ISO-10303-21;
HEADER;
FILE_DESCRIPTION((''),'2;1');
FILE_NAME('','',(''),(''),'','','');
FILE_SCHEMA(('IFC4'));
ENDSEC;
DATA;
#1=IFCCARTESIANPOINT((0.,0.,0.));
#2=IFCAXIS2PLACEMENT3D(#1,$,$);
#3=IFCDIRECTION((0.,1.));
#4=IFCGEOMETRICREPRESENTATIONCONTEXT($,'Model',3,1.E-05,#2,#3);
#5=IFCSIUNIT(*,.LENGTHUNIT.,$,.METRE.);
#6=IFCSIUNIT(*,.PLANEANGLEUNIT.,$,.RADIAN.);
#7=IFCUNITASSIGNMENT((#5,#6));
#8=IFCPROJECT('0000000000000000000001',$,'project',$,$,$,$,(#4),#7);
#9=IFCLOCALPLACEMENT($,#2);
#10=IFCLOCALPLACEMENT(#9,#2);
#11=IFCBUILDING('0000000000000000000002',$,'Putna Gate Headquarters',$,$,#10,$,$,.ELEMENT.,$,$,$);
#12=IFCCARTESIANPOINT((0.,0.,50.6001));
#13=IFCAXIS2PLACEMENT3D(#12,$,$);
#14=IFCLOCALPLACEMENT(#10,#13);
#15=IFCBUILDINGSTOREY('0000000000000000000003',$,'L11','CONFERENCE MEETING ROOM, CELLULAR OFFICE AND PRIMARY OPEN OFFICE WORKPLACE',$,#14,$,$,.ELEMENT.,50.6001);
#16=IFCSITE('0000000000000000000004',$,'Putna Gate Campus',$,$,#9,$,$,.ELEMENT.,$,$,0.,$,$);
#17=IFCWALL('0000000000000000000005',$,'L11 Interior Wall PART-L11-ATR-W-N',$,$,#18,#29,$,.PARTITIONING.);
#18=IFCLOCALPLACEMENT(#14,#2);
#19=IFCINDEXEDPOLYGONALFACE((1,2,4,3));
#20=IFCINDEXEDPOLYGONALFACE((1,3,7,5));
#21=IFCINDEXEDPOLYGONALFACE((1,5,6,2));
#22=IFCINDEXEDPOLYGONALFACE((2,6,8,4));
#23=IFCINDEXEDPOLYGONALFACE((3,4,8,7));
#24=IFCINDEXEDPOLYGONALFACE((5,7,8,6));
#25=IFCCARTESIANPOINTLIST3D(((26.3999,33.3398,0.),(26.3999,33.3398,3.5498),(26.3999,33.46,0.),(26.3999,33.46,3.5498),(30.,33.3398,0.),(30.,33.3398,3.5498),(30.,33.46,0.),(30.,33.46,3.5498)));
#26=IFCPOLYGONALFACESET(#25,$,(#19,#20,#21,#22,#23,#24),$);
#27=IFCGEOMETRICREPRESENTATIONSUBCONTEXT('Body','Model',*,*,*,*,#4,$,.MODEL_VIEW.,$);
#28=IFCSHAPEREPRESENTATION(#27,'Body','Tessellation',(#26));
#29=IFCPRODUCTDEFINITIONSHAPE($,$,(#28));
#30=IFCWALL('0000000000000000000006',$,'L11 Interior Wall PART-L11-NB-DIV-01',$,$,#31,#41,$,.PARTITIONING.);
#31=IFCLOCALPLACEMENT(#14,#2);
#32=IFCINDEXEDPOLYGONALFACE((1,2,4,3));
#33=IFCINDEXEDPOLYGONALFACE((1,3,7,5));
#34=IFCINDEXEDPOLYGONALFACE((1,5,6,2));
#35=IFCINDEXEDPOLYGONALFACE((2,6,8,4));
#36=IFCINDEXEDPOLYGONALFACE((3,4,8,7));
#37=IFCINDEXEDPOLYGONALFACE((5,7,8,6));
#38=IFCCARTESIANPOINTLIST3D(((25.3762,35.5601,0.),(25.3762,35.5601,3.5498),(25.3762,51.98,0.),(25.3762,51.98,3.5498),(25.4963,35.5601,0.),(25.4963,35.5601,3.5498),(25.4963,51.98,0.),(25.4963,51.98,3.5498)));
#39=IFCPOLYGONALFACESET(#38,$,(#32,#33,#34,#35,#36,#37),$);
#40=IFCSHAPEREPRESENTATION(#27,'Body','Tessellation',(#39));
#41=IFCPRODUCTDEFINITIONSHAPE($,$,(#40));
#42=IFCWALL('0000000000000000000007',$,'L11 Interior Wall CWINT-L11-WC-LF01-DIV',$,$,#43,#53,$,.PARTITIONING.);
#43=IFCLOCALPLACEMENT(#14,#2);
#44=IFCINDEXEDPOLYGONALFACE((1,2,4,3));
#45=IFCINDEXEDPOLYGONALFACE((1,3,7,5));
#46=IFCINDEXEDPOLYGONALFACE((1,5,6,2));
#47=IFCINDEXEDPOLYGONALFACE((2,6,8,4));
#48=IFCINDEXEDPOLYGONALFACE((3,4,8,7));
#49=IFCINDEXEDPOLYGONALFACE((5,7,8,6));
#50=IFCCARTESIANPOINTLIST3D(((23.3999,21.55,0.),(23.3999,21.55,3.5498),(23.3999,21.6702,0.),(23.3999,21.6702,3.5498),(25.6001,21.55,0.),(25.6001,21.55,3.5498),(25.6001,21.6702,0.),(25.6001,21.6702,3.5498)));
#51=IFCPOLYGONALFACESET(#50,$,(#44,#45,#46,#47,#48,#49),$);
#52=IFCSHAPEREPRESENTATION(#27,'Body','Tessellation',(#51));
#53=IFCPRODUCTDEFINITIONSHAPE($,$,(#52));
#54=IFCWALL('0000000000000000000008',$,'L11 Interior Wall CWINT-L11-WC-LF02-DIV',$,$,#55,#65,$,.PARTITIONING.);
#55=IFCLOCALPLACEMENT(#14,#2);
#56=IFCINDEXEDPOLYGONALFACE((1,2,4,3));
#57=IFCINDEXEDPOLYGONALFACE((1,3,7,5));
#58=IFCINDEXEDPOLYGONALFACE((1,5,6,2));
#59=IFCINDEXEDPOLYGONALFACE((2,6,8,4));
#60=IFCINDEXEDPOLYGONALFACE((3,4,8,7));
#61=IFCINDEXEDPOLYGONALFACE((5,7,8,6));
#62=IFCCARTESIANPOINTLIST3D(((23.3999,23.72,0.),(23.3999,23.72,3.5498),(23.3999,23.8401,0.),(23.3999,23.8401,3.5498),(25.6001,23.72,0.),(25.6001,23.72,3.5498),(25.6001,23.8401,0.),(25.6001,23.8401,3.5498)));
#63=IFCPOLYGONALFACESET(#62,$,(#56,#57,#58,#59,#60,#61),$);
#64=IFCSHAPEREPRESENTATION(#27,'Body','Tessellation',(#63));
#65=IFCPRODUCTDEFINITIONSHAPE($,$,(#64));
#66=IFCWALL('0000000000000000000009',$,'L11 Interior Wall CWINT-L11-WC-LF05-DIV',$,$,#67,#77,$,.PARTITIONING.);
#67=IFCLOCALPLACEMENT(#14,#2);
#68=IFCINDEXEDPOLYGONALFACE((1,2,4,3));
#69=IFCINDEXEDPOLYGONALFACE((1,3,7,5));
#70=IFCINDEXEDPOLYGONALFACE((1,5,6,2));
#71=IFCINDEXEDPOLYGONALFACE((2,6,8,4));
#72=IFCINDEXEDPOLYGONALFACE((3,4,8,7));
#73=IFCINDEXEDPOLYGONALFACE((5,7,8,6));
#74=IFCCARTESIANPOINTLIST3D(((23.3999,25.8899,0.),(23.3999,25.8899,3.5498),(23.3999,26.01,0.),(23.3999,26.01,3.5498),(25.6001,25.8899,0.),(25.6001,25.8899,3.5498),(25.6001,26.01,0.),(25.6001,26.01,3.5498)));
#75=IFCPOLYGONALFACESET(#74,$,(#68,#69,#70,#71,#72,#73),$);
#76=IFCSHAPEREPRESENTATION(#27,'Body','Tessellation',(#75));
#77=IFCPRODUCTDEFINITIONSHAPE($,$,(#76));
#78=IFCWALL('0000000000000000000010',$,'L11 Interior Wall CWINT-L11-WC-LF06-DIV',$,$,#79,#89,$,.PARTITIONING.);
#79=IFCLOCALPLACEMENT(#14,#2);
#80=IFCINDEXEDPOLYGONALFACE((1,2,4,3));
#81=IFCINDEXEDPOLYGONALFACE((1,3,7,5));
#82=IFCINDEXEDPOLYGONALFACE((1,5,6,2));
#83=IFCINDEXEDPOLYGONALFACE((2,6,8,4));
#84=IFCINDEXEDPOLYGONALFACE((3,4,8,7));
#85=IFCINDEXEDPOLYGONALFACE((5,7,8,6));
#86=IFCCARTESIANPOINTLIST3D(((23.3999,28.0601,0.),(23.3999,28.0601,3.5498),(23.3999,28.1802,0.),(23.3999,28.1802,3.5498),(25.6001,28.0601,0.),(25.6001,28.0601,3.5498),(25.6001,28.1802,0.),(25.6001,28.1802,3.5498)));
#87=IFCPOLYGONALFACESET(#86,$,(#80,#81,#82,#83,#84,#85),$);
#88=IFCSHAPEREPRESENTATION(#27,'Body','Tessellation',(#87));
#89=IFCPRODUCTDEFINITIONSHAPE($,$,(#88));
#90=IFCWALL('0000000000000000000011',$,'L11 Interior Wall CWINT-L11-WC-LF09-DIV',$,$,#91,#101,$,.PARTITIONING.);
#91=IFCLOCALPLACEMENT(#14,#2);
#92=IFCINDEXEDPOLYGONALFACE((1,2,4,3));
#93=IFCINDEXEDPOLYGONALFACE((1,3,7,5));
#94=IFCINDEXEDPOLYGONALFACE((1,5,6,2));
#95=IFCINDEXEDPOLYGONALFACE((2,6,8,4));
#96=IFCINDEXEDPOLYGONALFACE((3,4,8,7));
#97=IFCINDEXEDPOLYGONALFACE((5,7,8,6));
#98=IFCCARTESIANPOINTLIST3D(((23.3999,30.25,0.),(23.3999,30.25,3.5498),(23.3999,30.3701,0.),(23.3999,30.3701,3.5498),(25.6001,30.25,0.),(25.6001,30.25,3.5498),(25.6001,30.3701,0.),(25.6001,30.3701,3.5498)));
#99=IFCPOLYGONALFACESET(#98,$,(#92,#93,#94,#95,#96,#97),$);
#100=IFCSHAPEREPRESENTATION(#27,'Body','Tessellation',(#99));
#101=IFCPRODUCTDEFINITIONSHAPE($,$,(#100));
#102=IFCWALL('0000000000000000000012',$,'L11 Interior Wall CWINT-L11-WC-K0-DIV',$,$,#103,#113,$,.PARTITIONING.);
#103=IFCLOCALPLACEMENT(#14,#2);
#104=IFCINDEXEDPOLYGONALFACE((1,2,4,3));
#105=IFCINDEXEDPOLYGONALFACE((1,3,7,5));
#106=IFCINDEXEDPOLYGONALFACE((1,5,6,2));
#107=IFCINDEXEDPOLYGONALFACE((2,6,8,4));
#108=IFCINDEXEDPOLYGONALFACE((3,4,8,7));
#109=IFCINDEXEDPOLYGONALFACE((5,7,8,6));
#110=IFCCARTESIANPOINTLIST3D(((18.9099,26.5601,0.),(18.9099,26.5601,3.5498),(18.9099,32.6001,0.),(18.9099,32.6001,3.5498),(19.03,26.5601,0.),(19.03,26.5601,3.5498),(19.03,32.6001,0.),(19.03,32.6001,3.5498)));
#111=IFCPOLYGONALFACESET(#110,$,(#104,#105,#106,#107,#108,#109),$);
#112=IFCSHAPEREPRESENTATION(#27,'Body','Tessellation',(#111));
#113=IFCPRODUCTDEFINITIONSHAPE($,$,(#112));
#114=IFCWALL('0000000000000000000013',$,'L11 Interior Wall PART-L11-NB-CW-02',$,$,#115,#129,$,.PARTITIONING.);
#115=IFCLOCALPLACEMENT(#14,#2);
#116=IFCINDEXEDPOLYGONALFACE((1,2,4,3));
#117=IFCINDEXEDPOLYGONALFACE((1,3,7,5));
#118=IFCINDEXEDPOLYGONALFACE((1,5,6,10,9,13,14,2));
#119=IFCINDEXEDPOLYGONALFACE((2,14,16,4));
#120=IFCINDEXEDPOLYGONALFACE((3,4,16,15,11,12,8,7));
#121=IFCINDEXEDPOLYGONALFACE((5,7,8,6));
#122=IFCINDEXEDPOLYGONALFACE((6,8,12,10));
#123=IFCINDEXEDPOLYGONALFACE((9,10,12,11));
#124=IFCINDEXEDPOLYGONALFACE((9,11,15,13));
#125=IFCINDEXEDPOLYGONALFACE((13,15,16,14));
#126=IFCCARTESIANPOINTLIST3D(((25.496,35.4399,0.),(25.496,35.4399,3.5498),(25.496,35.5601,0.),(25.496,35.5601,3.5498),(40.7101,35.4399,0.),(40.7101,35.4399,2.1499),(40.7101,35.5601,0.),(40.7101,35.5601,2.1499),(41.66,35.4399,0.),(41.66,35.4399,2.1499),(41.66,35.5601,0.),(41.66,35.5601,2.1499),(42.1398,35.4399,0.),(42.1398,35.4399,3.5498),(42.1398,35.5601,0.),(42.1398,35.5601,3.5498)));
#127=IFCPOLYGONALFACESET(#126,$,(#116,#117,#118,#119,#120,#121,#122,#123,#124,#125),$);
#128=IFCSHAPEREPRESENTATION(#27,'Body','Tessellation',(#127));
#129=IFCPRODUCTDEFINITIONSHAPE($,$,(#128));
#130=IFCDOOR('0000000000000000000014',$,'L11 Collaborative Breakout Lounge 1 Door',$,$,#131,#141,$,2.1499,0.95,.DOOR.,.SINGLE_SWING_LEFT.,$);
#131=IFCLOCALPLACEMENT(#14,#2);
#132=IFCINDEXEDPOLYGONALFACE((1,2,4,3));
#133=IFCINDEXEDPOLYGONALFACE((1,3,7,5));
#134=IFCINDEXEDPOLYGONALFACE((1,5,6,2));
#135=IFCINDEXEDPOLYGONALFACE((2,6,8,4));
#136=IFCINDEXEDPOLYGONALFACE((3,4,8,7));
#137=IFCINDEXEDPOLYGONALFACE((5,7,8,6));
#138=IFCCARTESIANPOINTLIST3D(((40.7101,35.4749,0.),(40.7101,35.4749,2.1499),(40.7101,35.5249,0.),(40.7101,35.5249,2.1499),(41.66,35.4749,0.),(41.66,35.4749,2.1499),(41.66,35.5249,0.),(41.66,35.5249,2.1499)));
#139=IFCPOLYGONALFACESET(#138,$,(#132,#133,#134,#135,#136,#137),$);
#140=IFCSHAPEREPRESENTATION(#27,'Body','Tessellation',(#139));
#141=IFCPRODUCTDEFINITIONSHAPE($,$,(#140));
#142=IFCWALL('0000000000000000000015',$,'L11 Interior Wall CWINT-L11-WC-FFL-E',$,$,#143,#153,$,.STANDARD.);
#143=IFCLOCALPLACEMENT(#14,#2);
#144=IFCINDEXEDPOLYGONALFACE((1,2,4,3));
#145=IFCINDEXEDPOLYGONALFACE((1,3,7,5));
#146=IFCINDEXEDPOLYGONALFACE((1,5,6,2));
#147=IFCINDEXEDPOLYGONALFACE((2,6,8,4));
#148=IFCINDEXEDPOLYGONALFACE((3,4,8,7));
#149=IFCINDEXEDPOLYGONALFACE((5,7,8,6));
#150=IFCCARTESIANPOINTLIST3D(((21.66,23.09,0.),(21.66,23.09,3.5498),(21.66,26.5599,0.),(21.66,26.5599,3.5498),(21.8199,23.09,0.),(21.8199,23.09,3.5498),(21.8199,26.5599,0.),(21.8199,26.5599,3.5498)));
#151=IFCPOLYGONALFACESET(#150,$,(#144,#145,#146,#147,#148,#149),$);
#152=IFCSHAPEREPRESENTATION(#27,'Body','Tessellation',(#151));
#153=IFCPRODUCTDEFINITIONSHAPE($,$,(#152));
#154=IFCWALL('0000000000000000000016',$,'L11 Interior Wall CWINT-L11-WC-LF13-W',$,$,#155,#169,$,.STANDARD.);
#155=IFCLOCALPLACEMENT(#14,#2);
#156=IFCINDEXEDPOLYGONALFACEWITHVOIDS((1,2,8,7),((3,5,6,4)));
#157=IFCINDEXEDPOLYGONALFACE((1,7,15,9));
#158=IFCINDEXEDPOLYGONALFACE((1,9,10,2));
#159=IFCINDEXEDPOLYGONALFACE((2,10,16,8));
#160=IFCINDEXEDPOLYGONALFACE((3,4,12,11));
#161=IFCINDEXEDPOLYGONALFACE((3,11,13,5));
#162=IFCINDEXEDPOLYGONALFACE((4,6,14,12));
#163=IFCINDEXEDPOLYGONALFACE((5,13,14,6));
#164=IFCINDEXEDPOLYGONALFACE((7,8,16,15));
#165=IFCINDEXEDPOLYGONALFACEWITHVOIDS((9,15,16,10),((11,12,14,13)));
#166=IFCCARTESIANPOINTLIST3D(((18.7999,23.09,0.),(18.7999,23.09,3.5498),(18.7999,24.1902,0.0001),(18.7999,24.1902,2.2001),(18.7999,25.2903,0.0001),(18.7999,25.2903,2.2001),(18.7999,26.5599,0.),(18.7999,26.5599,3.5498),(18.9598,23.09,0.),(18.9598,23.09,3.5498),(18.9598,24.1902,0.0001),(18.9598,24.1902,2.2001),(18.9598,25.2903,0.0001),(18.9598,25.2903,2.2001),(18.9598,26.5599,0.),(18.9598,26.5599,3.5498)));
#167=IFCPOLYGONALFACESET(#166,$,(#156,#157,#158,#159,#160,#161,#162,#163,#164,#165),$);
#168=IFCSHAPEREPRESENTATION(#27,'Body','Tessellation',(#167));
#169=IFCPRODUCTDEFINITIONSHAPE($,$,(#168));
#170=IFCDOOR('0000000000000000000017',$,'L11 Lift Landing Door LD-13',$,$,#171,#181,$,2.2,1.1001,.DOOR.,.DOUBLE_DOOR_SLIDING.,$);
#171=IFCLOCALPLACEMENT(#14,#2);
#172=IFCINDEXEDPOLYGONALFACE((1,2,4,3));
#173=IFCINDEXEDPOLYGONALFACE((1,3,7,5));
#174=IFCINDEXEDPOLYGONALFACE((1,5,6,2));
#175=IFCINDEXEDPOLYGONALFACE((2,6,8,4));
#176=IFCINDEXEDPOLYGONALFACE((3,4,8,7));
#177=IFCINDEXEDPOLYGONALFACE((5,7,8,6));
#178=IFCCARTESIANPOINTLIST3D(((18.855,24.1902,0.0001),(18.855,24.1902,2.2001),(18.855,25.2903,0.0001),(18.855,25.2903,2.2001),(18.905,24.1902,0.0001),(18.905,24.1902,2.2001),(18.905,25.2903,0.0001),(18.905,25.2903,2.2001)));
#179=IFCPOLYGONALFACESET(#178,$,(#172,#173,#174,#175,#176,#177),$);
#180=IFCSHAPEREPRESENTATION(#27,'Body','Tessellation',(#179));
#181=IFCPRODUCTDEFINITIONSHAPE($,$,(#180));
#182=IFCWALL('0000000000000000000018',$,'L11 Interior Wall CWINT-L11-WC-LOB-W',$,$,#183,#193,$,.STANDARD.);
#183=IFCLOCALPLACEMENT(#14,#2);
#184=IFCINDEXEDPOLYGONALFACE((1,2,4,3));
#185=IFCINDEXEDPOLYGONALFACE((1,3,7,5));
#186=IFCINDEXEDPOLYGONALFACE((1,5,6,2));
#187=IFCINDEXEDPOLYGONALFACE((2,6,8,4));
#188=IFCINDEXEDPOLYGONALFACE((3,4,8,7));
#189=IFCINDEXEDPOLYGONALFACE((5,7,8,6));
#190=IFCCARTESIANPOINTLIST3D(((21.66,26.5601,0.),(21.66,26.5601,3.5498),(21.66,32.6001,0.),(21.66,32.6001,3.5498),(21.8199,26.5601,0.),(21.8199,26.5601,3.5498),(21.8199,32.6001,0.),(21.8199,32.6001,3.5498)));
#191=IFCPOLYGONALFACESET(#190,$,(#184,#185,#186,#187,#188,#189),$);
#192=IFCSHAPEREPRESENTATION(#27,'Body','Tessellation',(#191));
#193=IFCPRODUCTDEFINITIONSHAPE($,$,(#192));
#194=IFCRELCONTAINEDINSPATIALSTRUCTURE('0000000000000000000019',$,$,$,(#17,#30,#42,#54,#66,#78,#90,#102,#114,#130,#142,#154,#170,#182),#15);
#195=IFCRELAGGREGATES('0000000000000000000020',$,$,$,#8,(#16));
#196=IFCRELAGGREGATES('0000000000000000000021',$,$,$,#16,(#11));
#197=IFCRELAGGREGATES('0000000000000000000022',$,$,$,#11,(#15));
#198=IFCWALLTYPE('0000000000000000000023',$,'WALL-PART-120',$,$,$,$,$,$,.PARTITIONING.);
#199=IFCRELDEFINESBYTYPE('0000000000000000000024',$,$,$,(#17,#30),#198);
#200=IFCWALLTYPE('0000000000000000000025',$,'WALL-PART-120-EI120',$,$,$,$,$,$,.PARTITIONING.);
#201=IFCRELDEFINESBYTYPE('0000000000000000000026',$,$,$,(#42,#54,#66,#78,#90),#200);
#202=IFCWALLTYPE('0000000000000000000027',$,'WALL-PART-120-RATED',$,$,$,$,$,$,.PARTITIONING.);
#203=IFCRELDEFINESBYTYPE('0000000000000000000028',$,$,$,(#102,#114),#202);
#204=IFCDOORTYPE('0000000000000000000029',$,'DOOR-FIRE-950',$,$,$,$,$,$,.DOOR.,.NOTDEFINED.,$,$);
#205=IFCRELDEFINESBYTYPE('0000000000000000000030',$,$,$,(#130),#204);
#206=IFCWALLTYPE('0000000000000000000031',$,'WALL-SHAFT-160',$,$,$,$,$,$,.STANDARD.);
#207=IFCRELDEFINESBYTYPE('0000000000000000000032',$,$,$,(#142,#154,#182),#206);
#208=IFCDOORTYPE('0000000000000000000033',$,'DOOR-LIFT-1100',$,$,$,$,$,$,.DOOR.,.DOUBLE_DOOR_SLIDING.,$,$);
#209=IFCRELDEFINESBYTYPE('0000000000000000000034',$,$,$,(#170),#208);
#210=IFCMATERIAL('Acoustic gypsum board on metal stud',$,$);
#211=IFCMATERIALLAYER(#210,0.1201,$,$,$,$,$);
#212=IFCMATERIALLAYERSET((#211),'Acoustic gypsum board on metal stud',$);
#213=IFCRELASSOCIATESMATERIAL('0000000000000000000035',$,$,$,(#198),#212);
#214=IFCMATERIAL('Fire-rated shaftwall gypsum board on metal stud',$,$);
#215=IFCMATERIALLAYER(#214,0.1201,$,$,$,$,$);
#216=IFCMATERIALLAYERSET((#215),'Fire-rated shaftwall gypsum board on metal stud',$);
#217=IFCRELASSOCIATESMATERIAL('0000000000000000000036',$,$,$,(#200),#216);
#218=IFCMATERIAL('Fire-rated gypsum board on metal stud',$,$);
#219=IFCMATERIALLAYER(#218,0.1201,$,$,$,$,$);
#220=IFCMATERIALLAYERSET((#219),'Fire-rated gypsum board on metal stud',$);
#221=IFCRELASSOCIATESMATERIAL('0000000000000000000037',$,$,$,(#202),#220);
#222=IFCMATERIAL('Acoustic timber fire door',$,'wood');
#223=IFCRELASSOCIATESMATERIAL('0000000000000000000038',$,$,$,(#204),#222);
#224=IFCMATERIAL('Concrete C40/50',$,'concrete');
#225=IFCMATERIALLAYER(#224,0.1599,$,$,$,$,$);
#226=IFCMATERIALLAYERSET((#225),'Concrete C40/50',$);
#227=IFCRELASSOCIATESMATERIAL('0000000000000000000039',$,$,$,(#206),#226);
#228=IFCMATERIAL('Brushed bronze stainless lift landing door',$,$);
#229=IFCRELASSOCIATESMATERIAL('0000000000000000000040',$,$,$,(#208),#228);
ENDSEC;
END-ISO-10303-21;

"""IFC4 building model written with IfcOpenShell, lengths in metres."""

from ifc_helpers import new_model, si_unit, direction, frame, frame_2d, origin, place, context, subcontext, project, spatial, rectangle, extrude, material, layer, layer_set, type_object, element, fill, save


model = new_model("IFC4")

# Units and contexts
model_context = context("Model", 3, precision=1e-05, world=origin(), true_north=direction((0.0, 1.0)))
body_context = subcontext(model_context, "Body", "Model", "MODEL_VIEW")
ifc_project = project(units=[si_unit("LENGTHUNIT", "METRE"), si_unit("PLANEANGLEUNIT", "RADIAN")], contexts=[model_context])

# Site, building, storey
site_placement = place(None, origin())
site = spatial("IfcSite", under=ifc_project, at=site_placement, Name="Putna Gate Campus", CompositionType="ELEMENT", RefElevation=0.0)
building_placement = place(site_placement, origin())
building = spatial("IfcBuilding", under=site, at=building_placement, Name="Putna Gate Headquarters", CompositionType="ELEMENT")
storey_placement = place(building_placement, frame((0.0, 0.0, 50.6001)))
storey = spatial("IfcBuildingStorey", under=building, at=storey_placement, Name="L11", Description="CONFERENCE MEETING ROOM, CELLULAR OFFICE AND PRIMARY OPEN OFFICE WORKPLACE", CompositionType="ELEMENT", Elevation=50.6001)

# Walls
ifc_material_1 = material(Name="Acoustic gypsum board on metal stud")
ifc_layer_1 = layer(ifc_material_1, 0.1201)
ifc_layer_set_1 = layer_set([ifc_layer_1], Name="Acoustic gypsum board on metal stud")
wall_type_1 = type_object("IfcWallType", Name="WALL-PART-120", PredefinedType="PARTITIONING", material=ifc_layer_set_1)
wall_1_placement = place(storey_placement, frame((26.3999, 33.3999, 0.0), z_axis=(0.0, 0.0, 1.0), x_axis=(1.0, 0.0, 0.0)))
element("IfcWall", 1, at=wall_1_placement, inside=storey, type_object=wall_type_1, Name="L11 Interior Wall PART-L11-ATR-W-N", PredefinedType="PARTITIONING", context=body_context, shape_type="SweptSolid", body=[
    extrude(rectangle(XDim=3.6001, YDim=0.1201, at=frame_2d((1.8, 0.0))), origin(), (0.0, 0.0, 1.0), 3.5498),
])
wall_2_placement = place(storey_placement, frame((25.4363, 35.5601, 0.0), z_axis=(0.0, 0.0, 1.0), x_axis=(0.0, 1.0, 0.0)))
element("IfcWall", 2, at=wall_2_placement, inside=storey, type_object=wall_type_1, Name="L11 Interior Wall PART-L11-NB-DIV-01", PredefinedType="PARTITIONING", context=body_context, shape_type="SweptSolid", body=[
    extrude(rectangle(XDim=16.4199, YDim=0.1201, at=frame_2d((8.21, 0.0))), origin(), (0.0, 0.0, 1.0), 3.5498),
])
ifc_material_2 = material(Name="Fire-rated shaftwall gypsum board on metal stud")
ifc_layer_2 = layer(ifc_material_2, 0.1201)
ifc_layer_set_2 = layer_set([ifc_layer_2], Name="Fire-rated shaftwall gypsum board on metal stud")
wall_type_2 = type_object("IfcWallType", Name="WALL-PART-120-EI120", PredefinedType="PARTITIONING", material=ifc_layer_set_2)
for number, where, z_axis, x_axis, name in (
    (3, (23.3999, 21.6101, 0.0), (0.0, 0.0, 1.0), (1.0, 0.0, 0.0), "L11 Interior Wall CWINT-L11-WC-LF01-DIV"),
    (4, (23.3999, 23.78, 0.0), (0.0, 0.0, 1.0), (1.0, 0.0, 0.0), "L11 Interior Wall CWINT-L11-WC-LF02-DIV"),
    (5, (23.3999, 25.95, 0.0), (0.0, 0.0, 1.0), (1.0, 0.0, 0.0), "L11 Interior Wall CWINT-L11-WC-LF05-DIV"),
    (6, (23.3999, 28.1201, 0.0), (0.0, 0.0, 1.0), (1.0, 0.0, 0.0), "L11 Interior Wall CWINT-L11-WC-LF06-DIV"),
    (7, (23.3999, 30.3101, 0.0), (0.0, 0.0, 1.0), (1.0, 0.0, 0.0), "L11 Interior Wall CWINT-L11-WC-LF09-DIV"),
):
    element("IfcWall", number, at=place(storey_placement, frame(where, z_axis=z_axis, x_axis=x_axis)), inside=storey, type_object=wall_type_2, Name=name, PredefinedType="PARTITIONING", context=body_context, shape_type="SweptSolid", body=[
        extrude(rectangle(XDim=2.2002, YDim=0.1201, at=frame_2d((1.1001, 0.0))), origin(), (0.0, 0.0, 1.0), 3.5498),
    ])
ifc_material_3 = material(Name="Fire-rated gypsum board on metal stud")
ifc_layer_3 = layer(ifc_material_3, 0.1201)
ifc_layer_set_3 = layer_set([ifc_layer_3], Name="Fire-rated gypsum board on metal stud")
wall_type_3 = type_object("IfcWallType", Name="WALL-PART-120-RATED", PredefinedType="PARTITIONING", material=ifc_layer_set_3)
wall_3_placement = place(storey_placement, frame((18.97, 26.5601, 0.0), z_axis=(0.0, 0.0, 1.0), x_axis=(0.0, 1.0, 0.0)))
element("IfcWall", 8, at=wall_3_placement, inside=storey, type_object=wall_type_3, Name="L11 Interior Wall CWINT-L11-WC-K0-DIV", PredefinedType="PARTITIONING", context=body_context, shape_type="SweptSolid", body=[
    extrude(rectangle(XDim=6.04, YDim=0.1201, at=frame_2d((3.02, 0.0))), origin(), (0.0, 0.0, 1.0), 3.5498),
])

# Wall, opening, door
wall_4_placement = place(storey_placement, frame((25.4961, 35.5, 0.0), z_axis=(0.0, 0.0, 1.0), x_axis=(1.0, 0.0, 0.0)))
wall_4 = element("IfcWall", 9, at=wall_4_placement, inside=storey, type_object=wall_type_3, Name="L11 Interior Wall PART-L11-NB-CW-02", PredefinedType="PARTITIONING", context=body_context, shape_type="SweptSolid", body=[
    extrude(rectangle(XDim=16.6438, YDim=0.1201, at=frame_2d((8.3218, 0.0))), origin(), (0.0, 0.0, 1.0), 3.5498),
])
opening_1_placement = place(wall_4_placement, frame((15.2139, 0.0, 0.0)))
opening_1 = element("IfcOpeningElement", 10, at=opening_1_placement, cuts=wall_4, PredefinedType="OPENING", context=body_context, shape_type="SweptSolid", body=[
    extrude(rectangle(XDim=0.95, YDim=2.1499, at=frame_2d((0.4751, 1.075))), frame((0.0, 0.0701, 0.0), z_axis=(0.0, -1.0, 0.0), x_axis=(1.0, 0.0, 0.0)), (0.0, 0.0, 1.0), 0.1401),
])
ifc_material_4 = material(Name="Acoustic timber fire door", Category="wood")
door_type_1 = type_object("IfcDoorType", Name="DOOR-FIRE-950", OperationType="NOTDEFINED", PredefinedType="DOOR", material=ifc_material_4)
door_1_placement = place(opening_1_placement, origin())
door_1 = element("IfcDoor", 11, at=door_1_placement, inside=storey, type_object=door_type_1, Name="L11 Collaborative Breakout Lounge 1 Door", OperationType="SINGLE_SWING_LEFT", OverallHeight=2.1499, OverallWidth=0.95, PredefinedType="DOOR", context=body_context, shape_type="SweptSolid", body=[
    extrude(rectangle(XDim=0.95, YDim=2.1499, at=frame_2d((0.4751, 1.075))), frame((0.0, 0.0249, 0.0), z_axis=(0.0, -1.0, 0.0), x_axis=(1.0, 0.0, 0.0)), (0.0, 0.0, 1.0), 0.05),
])
fill(opening_1, door_1)

# Wall
ifc_material_5 = material(Name="Concrete C40/50", Category="concrete")
ifc_layer_4 = layer(ifc_material_5, 0.1599)
ifc_layer_set_4 = layer_set([ifc_layer_4], Name="Concrete C40/50")
wall_type_4 = type_object("IfcWallType", Name="WALL-SHAFT-160", PredefinedType="STANDARD", material=ifc_layer_set_4)
wall_5_placement = place(storey_placement, frame((21.74, 23.0901, 0.0), z_axis=(0.0, 0.0, 1.0), x_axis=(0.0, 1.0, 0.0)))
element("IfcWall", 12, at=wall_5_placement, inside=storey, type_object=wall_type_4, Name="L11 Interior Wall CWINT-L11-WC-FFL-E", PredefinedType="STANDARD", context=body_context, shape_type="SweptSolid", body=[
    extrude(rectangle(XDim=3.47, YDim=0.1599, at=frame_2d((1.7349, 0.0))), origin(), (0.0, 0.0, 1.0), 3.5498),
])

# Wall, opening, door
wall_6_placement = place(storey_placement, frame((18.8799, 23.0901, 0.0), z_axis=(0.0, 0.0, 1.0), x_axis=(0.0, 1.0, 0.0)))
wall_6 = element("IfcWall", 13, at=wall_6_placement, inside=storey, type_object=wall_type_4, Name="L11 Interior Wall CWINT-L11-WC-LF13-W", PredefinedType="STANDARD", context=body_context, shape_type="SweptSolid", body=[
    extrude(rectangle(XDim=3.47, YDim=0.1599, at=frame_2d((1.7349, 0.0))), origin(), (0.0, 0.0, 1.0), 3.5498),
])
opening_2_placement = place(wall_6_placement, frame((1.1001, 0.0, 0.0)))
opening_2 = element("IfcOpeningElement", 14, at=opening_2_placement, cuts=wall_6, PredefinedType="OPENING", context=body_context, shape_type="SweptSolid", body=[
    extrude(rectangle(XDim=1.1001, YDim=2.2, at=frame_2d((0.55, 1.1001))), frame((0.0, 0.0898, 0.0), z_axis=(0.0, -1.0, 0.0), x_axis=(1.0, 0.0, 0.0)), (0.0, 0.0, 1.0), 0.1799),
])
ifc_material_6 = material(Name="Brushed bronze stainless lift landing door")
door_type_2 = type_object("IfcDoorType", Name="DOOR-LIFT-1100", OperationType="DOUBLE_DOOR_SLIDING", PredefinedType="DOOR", material=ifc_material_6)
door_2_placement = place(opening_2_placement, origin())
door_2 = element("IfcDoor", 15, at=door_2_placement, inside=storey, type_object=door_type_2, Name="L11 Lift Landing Door LD-13", OperationType="DOUBLE_DOOR_SLIDING", OverallHeight=2.2, OverallWidth=1.1001, PredefinedType="DOOR", context=body_context, shape_type="SweptSolid", body=[
    extrude(rectangle(XDim=1.1001, YDim=2.2, at=frame_2d((0.55, 1.1001))), frame((0.0, 0.0249, 0.0), z_axis=(0.0, -1.0, 0.0), x_axis=(1.0, 0.0, 0.0)), (0.0, 0.0, 1.0), 0.05),
])
fill(opening_2, door_2)

# Wall
wall_7_placement = place(storey_placement, frame((21.74, 26.5601, 0.0), z_axis=(0.0, 0.0, 1.0), x_axis=(0.0, 1.0, 0.0)))
element("IfcWall", 16, at=wall_7_placement, inside=storey, type_object=wall_type_4, Name="L11 Interior Wall CWINT-L11-WC-LOB-W", PredefinedType="STANDARD", context=body_context, shape_type="SweptSolid", body=[
    extrude(rectangle(XDim=6.04, YDim=0.1599, at=frame_2d((3.02, 0.0))), origin(), (0.0, 0.0, 1.0), 3.5498),
])

save(model, "model.ifc")
